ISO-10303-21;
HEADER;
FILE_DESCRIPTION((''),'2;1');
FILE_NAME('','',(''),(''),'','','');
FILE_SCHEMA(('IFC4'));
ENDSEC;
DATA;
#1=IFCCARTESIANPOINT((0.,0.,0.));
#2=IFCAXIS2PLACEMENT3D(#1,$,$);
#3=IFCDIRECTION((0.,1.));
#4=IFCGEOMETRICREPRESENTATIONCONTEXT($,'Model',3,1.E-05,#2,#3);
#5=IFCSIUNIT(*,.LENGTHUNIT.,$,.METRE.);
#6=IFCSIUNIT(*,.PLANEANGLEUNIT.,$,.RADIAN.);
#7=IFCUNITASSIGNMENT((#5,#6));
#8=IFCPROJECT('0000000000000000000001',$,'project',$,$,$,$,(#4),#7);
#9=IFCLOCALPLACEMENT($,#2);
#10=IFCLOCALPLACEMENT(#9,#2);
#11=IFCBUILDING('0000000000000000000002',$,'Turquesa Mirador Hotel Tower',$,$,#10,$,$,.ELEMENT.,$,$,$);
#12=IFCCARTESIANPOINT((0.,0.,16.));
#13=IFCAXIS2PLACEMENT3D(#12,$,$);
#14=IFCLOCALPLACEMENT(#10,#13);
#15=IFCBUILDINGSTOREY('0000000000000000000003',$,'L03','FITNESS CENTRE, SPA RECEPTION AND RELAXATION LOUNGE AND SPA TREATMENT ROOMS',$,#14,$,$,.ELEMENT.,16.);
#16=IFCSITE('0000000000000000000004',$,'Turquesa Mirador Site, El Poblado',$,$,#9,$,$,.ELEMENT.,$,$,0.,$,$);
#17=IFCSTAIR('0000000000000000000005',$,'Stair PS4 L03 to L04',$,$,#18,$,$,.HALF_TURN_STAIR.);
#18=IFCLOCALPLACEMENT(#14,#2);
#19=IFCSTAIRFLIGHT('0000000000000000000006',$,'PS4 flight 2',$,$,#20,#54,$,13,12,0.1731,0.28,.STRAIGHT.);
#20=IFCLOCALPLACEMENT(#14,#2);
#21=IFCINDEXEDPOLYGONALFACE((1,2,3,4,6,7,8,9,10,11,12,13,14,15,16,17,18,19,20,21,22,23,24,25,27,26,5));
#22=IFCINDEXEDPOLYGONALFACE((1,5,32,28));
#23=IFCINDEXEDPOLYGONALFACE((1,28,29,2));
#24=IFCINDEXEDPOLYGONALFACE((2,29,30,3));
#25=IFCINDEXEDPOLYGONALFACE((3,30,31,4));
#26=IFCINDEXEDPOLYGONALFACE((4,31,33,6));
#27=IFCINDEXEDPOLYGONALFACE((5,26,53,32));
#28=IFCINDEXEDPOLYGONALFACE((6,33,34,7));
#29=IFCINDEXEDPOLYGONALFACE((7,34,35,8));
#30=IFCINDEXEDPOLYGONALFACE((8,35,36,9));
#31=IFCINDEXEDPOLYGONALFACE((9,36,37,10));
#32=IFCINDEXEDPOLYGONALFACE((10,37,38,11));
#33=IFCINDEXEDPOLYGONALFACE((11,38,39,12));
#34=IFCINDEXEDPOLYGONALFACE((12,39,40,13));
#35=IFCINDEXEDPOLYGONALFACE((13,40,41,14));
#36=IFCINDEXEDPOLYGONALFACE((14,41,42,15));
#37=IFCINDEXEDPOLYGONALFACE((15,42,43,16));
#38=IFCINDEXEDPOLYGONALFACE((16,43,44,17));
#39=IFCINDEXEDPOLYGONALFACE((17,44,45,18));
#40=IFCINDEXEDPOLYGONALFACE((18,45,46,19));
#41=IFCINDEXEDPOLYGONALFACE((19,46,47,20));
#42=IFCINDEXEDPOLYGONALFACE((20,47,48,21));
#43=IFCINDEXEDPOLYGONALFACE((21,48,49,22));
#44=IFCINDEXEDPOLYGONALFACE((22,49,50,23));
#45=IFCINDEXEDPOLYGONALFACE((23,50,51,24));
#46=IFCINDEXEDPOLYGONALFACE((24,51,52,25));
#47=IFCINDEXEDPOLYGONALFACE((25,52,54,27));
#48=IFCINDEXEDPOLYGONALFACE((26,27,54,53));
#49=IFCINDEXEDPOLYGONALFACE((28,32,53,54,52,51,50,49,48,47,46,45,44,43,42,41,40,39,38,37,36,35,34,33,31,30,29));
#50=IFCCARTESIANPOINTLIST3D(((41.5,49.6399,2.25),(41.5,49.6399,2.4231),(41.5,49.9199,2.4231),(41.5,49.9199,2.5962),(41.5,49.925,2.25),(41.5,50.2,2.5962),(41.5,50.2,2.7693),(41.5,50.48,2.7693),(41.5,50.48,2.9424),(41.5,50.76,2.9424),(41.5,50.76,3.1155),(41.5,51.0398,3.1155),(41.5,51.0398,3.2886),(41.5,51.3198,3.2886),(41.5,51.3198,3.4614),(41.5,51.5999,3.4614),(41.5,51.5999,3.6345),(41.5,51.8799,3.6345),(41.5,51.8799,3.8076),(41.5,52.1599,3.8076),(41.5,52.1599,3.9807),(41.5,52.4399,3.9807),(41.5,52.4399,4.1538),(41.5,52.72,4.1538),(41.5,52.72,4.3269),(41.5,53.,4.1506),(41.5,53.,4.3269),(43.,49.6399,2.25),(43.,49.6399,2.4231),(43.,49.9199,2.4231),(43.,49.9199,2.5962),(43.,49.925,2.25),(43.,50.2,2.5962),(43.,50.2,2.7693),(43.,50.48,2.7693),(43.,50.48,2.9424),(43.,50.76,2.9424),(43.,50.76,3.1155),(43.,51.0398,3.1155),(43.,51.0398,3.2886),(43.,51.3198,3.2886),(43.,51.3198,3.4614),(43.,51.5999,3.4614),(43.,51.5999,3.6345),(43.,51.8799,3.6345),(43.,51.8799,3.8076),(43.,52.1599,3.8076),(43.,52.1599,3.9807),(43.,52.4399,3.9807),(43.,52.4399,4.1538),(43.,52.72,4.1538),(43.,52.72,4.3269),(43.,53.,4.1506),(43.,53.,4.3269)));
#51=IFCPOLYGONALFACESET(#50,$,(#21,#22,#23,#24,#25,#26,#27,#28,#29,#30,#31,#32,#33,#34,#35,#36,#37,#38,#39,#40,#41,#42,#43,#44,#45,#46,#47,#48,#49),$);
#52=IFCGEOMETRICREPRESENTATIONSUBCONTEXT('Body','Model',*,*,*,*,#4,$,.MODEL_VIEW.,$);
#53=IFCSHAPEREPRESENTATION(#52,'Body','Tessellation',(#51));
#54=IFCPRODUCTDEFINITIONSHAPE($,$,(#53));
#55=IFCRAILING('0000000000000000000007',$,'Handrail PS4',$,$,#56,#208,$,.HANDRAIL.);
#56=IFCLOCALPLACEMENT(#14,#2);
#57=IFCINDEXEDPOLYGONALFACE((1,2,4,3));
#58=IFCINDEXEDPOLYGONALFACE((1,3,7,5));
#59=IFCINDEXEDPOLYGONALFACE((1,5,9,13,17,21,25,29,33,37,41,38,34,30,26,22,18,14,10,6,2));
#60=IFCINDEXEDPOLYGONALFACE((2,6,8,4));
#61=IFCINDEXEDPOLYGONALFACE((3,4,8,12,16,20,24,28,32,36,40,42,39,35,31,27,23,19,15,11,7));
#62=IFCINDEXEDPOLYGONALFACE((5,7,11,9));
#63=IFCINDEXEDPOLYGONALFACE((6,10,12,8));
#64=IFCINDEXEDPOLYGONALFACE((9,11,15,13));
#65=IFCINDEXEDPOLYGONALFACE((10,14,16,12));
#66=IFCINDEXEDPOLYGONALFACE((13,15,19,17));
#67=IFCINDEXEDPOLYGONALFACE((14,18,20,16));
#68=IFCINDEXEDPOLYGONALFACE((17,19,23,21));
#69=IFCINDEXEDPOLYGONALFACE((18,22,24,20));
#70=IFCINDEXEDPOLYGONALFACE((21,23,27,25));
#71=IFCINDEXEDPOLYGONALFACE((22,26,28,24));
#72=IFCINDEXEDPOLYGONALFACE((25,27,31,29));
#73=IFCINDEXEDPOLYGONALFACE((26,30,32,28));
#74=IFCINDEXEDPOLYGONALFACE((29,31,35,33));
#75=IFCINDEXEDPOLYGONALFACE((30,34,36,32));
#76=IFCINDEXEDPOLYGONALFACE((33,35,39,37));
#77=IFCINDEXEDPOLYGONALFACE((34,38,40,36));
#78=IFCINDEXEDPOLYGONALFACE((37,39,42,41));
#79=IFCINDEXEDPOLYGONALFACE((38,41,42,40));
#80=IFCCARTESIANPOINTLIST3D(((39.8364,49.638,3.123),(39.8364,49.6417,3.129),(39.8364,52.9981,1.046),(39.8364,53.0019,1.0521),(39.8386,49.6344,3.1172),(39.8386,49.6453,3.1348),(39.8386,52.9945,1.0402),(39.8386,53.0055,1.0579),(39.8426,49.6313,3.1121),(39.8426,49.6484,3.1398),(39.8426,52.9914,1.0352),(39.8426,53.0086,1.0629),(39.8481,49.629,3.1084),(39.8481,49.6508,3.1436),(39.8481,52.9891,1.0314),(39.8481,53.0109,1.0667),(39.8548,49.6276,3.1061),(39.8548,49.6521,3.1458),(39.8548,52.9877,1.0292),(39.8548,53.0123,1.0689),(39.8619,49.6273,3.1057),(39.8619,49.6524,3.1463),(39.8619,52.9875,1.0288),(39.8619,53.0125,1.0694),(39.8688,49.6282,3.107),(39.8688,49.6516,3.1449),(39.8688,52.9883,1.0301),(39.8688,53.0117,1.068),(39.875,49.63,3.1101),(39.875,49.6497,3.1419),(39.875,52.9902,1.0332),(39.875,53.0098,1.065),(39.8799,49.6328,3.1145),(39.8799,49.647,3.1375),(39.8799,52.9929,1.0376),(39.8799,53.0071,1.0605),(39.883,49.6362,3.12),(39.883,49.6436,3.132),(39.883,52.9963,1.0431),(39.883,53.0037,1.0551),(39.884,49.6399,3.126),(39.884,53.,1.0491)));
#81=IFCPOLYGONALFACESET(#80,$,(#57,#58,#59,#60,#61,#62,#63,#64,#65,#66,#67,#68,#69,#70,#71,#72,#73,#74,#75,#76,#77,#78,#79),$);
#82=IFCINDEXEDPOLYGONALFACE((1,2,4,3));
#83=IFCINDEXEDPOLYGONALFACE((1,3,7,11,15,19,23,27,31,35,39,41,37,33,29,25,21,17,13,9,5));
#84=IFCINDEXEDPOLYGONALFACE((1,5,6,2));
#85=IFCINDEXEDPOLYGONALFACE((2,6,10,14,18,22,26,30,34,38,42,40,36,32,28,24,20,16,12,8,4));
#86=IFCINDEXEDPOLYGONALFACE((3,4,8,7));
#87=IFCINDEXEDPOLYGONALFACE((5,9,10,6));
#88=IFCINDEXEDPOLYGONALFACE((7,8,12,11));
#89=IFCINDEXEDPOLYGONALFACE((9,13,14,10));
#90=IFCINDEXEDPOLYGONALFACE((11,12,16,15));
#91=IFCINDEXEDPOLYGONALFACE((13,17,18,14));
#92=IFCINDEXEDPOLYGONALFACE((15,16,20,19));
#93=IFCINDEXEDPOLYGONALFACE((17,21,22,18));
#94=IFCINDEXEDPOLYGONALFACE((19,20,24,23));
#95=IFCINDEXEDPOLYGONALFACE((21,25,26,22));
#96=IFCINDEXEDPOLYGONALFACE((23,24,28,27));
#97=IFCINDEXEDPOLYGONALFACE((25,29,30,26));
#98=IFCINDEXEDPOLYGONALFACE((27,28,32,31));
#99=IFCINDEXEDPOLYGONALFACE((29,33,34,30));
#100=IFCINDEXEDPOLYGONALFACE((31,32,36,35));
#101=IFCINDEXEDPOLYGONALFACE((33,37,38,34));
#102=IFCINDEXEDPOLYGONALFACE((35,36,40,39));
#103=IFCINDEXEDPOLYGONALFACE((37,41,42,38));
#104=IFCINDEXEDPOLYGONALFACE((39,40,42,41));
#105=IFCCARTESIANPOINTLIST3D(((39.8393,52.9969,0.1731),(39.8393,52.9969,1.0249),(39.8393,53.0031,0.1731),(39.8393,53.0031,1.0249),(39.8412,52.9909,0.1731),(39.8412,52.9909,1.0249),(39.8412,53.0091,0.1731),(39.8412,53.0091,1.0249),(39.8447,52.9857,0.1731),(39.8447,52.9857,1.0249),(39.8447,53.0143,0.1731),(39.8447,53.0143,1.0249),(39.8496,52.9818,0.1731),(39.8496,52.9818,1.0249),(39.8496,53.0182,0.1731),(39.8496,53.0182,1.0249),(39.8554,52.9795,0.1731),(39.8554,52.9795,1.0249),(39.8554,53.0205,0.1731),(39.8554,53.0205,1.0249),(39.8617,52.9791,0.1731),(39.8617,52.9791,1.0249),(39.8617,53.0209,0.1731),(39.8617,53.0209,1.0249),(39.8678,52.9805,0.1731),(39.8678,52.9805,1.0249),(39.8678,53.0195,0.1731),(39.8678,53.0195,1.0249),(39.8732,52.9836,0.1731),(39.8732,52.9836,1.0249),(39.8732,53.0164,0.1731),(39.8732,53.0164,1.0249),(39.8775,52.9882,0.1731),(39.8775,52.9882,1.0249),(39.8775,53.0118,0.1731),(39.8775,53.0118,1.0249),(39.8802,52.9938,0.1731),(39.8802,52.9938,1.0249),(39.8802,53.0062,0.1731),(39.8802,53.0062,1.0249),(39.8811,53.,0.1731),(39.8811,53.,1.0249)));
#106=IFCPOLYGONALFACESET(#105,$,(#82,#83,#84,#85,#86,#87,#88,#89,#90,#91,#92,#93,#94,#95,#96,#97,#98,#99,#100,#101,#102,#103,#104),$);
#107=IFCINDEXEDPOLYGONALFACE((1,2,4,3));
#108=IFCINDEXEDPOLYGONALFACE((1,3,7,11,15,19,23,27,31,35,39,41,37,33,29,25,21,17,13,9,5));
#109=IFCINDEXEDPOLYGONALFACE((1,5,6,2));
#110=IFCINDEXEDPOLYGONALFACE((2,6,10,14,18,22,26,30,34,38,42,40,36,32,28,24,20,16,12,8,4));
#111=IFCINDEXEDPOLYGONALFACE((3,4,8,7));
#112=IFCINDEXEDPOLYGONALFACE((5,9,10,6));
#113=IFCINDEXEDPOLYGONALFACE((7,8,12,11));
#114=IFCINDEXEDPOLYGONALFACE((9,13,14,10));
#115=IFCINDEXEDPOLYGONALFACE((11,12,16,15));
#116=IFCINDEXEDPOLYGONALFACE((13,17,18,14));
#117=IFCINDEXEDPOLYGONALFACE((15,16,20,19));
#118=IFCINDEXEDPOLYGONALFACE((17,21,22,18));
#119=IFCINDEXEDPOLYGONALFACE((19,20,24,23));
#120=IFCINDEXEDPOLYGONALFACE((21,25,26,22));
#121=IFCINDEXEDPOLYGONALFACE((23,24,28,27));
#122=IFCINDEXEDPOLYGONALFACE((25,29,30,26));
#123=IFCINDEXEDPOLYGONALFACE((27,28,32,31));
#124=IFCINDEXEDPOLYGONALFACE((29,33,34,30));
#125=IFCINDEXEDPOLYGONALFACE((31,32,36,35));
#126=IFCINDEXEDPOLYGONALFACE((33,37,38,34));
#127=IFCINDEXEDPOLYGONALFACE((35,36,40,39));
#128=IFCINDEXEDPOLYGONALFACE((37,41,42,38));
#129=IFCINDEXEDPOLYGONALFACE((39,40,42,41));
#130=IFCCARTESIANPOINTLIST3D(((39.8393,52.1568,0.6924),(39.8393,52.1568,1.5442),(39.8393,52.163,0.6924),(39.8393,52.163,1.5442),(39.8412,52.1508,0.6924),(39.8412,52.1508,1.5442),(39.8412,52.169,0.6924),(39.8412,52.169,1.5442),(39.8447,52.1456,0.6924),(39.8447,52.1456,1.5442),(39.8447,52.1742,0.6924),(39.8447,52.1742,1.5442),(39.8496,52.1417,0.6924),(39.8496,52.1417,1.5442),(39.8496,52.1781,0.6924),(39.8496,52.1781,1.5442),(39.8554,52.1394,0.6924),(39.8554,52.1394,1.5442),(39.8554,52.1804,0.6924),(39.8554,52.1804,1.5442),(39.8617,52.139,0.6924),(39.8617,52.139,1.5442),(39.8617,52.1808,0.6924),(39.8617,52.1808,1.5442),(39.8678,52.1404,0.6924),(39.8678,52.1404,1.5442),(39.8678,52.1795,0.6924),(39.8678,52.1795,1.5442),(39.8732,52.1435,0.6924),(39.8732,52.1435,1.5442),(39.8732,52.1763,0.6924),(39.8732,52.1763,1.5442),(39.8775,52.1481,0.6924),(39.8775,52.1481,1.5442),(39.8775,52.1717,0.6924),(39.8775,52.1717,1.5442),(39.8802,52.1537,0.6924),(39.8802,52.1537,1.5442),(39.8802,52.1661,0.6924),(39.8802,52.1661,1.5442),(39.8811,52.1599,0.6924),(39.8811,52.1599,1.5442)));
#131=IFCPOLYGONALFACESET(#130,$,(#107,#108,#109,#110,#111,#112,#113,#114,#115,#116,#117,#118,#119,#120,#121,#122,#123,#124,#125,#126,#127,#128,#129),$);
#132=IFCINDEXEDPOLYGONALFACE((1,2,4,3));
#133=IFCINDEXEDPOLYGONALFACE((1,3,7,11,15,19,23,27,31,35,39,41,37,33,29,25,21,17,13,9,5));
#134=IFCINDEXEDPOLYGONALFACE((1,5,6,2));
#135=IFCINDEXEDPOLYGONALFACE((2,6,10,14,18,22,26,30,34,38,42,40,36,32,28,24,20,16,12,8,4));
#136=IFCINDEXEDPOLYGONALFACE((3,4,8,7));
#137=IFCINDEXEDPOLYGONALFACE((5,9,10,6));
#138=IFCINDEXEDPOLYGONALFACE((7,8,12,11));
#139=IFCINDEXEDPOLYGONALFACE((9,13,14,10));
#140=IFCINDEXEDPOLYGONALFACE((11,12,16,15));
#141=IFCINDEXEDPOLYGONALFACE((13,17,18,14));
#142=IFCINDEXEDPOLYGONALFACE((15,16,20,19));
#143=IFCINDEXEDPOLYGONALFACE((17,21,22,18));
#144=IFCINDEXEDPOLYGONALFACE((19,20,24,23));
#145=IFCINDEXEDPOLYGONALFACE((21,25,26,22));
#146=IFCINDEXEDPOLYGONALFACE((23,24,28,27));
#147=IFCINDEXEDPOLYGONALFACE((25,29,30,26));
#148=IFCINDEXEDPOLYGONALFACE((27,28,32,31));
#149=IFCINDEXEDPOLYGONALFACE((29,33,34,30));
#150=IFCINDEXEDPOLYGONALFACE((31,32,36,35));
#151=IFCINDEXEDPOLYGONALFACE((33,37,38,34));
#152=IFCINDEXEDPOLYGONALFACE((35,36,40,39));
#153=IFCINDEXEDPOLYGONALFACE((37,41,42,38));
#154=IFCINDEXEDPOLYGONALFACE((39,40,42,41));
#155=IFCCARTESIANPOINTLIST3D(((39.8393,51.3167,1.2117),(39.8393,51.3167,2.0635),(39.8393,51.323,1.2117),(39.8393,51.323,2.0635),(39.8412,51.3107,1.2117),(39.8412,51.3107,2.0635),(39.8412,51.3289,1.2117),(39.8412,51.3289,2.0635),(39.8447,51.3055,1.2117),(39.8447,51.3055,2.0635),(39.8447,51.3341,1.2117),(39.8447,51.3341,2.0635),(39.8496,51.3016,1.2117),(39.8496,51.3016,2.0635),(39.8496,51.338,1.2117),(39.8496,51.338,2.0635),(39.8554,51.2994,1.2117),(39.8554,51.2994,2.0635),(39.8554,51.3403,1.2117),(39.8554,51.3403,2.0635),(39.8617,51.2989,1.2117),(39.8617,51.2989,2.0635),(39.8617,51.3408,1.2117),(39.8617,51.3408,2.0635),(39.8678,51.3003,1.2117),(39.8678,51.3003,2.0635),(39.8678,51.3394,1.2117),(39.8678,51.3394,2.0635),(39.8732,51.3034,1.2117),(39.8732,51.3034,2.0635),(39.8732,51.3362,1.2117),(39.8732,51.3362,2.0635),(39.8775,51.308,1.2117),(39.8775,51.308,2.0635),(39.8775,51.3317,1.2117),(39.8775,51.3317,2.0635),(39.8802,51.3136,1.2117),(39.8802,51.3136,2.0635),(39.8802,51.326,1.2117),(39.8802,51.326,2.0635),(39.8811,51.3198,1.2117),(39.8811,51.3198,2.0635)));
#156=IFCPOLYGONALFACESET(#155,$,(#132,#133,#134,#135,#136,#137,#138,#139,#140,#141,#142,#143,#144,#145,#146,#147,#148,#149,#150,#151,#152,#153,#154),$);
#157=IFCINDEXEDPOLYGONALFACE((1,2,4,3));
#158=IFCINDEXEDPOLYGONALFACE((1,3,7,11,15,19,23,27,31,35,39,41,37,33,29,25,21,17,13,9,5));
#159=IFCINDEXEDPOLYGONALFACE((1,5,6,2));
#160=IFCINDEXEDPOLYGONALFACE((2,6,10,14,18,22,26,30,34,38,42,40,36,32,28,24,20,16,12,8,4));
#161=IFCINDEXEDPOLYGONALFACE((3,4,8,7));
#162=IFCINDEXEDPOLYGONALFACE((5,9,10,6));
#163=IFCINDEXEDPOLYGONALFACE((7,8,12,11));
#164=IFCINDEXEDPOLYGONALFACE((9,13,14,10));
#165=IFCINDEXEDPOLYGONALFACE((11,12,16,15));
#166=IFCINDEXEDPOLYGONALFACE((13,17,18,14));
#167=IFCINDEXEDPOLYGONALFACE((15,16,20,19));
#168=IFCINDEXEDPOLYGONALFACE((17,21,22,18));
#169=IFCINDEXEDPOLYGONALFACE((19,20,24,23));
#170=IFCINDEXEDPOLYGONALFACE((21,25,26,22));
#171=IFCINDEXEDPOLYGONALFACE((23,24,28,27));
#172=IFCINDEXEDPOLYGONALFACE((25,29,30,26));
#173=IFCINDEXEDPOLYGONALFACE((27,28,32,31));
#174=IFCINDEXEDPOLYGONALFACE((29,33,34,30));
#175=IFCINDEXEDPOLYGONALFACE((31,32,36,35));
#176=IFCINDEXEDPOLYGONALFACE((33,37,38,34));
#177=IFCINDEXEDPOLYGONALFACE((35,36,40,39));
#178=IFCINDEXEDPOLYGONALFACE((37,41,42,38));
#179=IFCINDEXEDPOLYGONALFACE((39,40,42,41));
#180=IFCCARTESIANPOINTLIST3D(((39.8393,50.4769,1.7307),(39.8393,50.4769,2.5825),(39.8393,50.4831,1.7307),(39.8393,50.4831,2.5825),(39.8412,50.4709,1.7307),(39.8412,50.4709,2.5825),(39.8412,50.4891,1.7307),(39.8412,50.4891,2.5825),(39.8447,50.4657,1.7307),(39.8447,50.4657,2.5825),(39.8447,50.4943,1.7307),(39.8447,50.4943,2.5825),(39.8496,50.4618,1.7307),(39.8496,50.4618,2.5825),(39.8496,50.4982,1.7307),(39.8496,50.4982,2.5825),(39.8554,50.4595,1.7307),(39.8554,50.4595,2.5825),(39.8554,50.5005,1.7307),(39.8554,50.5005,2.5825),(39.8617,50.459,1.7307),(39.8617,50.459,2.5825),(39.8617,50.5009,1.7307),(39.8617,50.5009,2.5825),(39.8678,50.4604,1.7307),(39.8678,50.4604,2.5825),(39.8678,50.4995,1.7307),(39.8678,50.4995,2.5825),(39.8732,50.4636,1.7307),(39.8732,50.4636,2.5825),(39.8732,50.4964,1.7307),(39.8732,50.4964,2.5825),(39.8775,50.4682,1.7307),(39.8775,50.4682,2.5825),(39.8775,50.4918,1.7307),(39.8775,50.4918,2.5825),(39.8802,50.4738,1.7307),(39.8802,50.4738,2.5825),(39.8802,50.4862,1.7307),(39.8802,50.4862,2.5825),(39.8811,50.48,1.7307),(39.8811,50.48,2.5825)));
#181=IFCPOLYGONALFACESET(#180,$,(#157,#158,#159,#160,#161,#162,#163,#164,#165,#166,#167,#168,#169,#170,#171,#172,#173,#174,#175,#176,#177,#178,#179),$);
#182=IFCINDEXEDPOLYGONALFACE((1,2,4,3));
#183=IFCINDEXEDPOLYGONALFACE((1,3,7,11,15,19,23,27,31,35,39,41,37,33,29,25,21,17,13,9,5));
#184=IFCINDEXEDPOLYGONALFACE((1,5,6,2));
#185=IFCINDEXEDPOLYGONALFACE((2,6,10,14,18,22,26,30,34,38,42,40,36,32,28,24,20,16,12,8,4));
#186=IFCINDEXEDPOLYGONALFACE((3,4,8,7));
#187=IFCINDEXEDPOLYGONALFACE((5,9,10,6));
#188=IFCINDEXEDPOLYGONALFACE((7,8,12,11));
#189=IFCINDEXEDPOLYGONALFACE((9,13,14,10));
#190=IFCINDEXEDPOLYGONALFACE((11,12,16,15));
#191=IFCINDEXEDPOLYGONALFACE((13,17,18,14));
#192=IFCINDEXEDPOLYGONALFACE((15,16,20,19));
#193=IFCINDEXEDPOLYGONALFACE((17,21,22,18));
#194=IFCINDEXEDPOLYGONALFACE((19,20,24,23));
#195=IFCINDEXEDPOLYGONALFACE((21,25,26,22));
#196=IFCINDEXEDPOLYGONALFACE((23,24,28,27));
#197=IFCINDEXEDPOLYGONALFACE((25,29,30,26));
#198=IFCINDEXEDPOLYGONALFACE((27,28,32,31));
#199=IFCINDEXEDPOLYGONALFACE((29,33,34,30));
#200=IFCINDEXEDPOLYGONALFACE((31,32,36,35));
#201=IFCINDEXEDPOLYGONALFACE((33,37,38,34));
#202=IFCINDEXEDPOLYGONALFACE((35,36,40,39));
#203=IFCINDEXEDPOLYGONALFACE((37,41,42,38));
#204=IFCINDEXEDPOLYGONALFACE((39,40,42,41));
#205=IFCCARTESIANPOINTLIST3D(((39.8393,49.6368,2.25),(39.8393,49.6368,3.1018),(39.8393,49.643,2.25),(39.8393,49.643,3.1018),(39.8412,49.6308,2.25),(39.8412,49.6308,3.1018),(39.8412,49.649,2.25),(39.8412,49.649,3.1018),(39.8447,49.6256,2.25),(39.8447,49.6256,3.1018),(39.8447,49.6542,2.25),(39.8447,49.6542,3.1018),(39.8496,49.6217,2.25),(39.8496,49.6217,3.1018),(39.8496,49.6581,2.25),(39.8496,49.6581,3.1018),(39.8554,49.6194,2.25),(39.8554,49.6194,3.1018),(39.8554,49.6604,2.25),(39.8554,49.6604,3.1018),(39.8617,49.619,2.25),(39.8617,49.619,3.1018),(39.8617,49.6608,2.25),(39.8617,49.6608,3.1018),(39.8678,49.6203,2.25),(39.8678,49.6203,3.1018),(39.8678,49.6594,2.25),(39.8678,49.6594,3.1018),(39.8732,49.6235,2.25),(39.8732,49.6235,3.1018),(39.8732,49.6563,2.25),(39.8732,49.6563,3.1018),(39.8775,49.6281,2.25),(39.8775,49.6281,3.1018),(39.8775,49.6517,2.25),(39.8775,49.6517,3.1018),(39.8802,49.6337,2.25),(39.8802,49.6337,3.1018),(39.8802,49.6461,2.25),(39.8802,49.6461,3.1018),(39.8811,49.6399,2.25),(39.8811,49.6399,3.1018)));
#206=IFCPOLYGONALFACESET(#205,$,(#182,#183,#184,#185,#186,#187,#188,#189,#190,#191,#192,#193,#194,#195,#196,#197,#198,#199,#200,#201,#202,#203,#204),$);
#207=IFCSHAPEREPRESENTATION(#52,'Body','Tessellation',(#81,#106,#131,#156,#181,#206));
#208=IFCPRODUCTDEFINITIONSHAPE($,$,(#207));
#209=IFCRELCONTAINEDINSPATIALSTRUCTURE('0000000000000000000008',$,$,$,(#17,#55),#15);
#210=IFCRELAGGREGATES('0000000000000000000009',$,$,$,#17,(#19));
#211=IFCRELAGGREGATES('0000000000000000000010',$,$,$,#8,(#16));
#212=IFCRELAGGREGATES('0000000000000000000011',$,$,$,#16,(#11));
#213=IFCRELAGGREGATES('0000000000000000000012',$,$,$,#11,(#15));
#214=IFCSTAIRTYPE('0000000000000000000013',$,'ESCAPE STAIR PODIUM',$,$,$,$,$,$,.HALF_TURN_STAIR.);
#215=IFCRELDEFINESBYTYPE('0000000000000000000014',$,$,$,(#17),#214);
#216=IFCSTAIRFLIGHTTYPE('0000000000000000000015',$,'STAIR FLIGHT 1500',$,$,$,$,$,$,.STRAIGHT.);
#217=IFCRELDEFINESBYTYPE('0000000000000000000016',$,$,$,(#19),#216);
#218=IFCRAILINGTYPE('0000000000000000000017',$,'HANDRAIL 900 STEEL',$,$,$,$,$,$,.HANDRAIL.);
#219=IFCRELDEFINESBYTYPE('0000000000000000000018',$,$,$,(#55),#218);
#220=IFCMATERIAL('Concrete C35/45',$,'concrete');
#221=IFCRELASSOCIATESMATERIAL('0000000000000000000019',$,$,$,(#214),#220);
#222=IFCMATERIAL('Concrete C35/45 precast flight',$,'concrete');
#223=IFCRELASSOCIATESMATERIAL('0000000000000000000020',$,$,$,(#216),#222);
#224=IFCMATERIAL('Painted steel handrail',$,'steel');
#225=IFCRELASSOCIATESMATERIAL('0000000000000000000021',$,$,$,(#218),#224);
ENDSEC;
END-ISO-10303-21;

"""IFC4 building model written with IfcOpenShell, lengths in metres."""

from ifc_helpers import new_model, si_unit, direction, frame, origin, origin_2d, place, context, subcontext, project, spatial, polyline, circle, outline, extrude, material, type_object, element, aggregate, save


model = new_model("IFC4")

# Units and contexts
model_context = context("Model", 3, precision=1e-05, world=origin(), true_north=direction((0.0, 1.0)))
body_context = subcontext(model_context, "Body", "Model", "MODEL_VIEW")
ifc_project = project(units=[si_unit("LENGTHUNIT", "METRE"), si_unit("PLANEANGLEUNIT", "RADIAN")], contexts=[model_context])

# Site, building, storey
site_placement = place(None, origin())
site = spatial("IfcSite", under=ifc_project, at=site_placement, Name="Turquesa Mirador Site, El Poblado", CompositionType="ELEMENT", RefElevation=0.0)
building_placement = place(site_placement, origin())
building = spatial("IfcBuilding", under=site, at=building_placement, Name="Turquesa Mirador Hotel Tower", CompositionType="ELEMENT")
storey_placement = place(building_placement, frame((0.0, 0.0, 16.0)))
storey = spatial("IfcBuildingStorey", under=building, at=storey_placement, Name="L03", Description="FITNESS CENTRE, SPA RECEPTION AND RELAXATION LOUNGE AND SPA TREATMENT ROOMS", CompositionType="ELEMENT", Elevation=16.0)

# Stair, stair flight
ifc_material_1 = material(Name="Concrete C35/45", Category="concrete")
stair_type_1 = type_object("IfcStairType", Name="ESCAPE STAIR PODIUM", PredefinedType="HALF_TURN_STAIR", material=ifc_material_1)
stair_1_placement = place(storey_placement, origin())
stair_1 = element("IfcStair", 1, at=stair_1_placement, inside=storey, type_object=stair_type_1, Name="Stair PS4 L03 to L04", PredefinedType="HALF_TURN_STAIR")
ifc_material_2 = material(Name="Concrete C35/45 precast flight", Category="concrete")
stair_flight_type_1 = type_object("IfcStairFlightType", Name="STAIR FLIGHT 1500", PredefinedType="STRAIGHT", material=ifc_material_2)
stair_flight_1_placement = place(storey_placement, frame((42.25, 49.6399, 2.25), z_axis=(0.0, 0.0, 1.0), x_axis=(0.0, 1.0, 0.0)))
stair_flight_1 = element("IfcStairFlight", 2, at=stair_flight_1_placement, type_object=stair_flight_type_1, Name="PS4 flight 2", NumberOfRisers=13, NumberOfTreads=12, PredefinedType="STRAIGHT", RiserHeight=0.1731, TreadLength=0.28, context=body_context, shape_type="SweptSolid", body=[
    extrude(outline(polyline([(0.0, 0.0), (0.0, 0.1731), (0.28, 0.1731), (0.28, 0.3462), (0.5601, 0.3462), (0.5601, 0.5193), (0.8401, 0.5193), (0.8401, 0.6924), (1.1201, 0.6924), (1.1201, 0.8655), (1.3999, 0.8655), (1.3999, 1.0386), (1.6799, 1.0386), (1.6799, 1.2114), (1.96, 1.2114), (1.96, 1.3845), (2.24, 1.3845), (2.24, 1.5576), (2.52, 1.5576), (2.52, 1.7307), (2.8, 1.7307), (2.8, 1.9038), (3.0801, 1.9038), (3.0801, 2.0769), (3.3601, 2.0769), (3.3601, 2.25), (3.3601, 1.9006), (0.2852, 0.0), (0.0, 0.0)])), frame((0.0, 0.75, 0.0), z_axis=(0.0, -1.0, 0.0), x_axis=(1.0, 0.0, 0.0)), (0.0, 0.0, 1.0), 1.5),
])
aggregate(stair_1, [stair_flight_1])

# Railing
ifc_material_3 = material(Name="Painted steel handrail", Category="steel")
railing_type = type_object("IfcRailingType", Name="HANDRAIL 900 STEEL", PredefinedType="HANDRAIL", material=ifc_material_3)
railing_1_placement = place(storey_placement, frame((39.8601, 53.0, 0.1731)))
element("IfcRailing", 3, at=railing_1_placement, inside=storey, type_object=railing_type, Name="Handrail PS4", PredefinedType="HANDRAIL", context=body_context, shape_type="SweptSolid", body=[
    extrude(circle(Radius=0.0239, at=origin_2d()), frame((0.0, 0.0, 0.876), z_axis=(0.0, -0.850623, 0.525776), x_axis=(1.0, 0.0, 0.0)), (0.0, 0.0, 1.0), 3.9502),
    extrude(circle(Radius=0.021, at=origin_2d()), origin(), (0.0, 0.0, 1.0), 0.8518),
    extrude(circle(Radius=0.021, at=origin_2d()), frame((0.0, -0.8401, 0.5193)), (0.0, 0.0, 1.0), 0.8518),
    extrude(circle(Radius=0.021, at=origin_2d()), frame((0.0, -1.6802, 1.0386)), (0.0, 0.0, 1.0), 0.8518),
    extrude(circle(Radius=0.021, at=origin_2d()), frame((0.0, -2.52, 1.5576)), (0.0, 0.0, 1.0), 0.8518),
    extrude(circle(Radius=0.021, at=origin_2d()), frame((0.0, -3.3601, 2.0769)), (0.0, 0.0, 1.0), 0.8518),
])

save(model, "model.ifc")
